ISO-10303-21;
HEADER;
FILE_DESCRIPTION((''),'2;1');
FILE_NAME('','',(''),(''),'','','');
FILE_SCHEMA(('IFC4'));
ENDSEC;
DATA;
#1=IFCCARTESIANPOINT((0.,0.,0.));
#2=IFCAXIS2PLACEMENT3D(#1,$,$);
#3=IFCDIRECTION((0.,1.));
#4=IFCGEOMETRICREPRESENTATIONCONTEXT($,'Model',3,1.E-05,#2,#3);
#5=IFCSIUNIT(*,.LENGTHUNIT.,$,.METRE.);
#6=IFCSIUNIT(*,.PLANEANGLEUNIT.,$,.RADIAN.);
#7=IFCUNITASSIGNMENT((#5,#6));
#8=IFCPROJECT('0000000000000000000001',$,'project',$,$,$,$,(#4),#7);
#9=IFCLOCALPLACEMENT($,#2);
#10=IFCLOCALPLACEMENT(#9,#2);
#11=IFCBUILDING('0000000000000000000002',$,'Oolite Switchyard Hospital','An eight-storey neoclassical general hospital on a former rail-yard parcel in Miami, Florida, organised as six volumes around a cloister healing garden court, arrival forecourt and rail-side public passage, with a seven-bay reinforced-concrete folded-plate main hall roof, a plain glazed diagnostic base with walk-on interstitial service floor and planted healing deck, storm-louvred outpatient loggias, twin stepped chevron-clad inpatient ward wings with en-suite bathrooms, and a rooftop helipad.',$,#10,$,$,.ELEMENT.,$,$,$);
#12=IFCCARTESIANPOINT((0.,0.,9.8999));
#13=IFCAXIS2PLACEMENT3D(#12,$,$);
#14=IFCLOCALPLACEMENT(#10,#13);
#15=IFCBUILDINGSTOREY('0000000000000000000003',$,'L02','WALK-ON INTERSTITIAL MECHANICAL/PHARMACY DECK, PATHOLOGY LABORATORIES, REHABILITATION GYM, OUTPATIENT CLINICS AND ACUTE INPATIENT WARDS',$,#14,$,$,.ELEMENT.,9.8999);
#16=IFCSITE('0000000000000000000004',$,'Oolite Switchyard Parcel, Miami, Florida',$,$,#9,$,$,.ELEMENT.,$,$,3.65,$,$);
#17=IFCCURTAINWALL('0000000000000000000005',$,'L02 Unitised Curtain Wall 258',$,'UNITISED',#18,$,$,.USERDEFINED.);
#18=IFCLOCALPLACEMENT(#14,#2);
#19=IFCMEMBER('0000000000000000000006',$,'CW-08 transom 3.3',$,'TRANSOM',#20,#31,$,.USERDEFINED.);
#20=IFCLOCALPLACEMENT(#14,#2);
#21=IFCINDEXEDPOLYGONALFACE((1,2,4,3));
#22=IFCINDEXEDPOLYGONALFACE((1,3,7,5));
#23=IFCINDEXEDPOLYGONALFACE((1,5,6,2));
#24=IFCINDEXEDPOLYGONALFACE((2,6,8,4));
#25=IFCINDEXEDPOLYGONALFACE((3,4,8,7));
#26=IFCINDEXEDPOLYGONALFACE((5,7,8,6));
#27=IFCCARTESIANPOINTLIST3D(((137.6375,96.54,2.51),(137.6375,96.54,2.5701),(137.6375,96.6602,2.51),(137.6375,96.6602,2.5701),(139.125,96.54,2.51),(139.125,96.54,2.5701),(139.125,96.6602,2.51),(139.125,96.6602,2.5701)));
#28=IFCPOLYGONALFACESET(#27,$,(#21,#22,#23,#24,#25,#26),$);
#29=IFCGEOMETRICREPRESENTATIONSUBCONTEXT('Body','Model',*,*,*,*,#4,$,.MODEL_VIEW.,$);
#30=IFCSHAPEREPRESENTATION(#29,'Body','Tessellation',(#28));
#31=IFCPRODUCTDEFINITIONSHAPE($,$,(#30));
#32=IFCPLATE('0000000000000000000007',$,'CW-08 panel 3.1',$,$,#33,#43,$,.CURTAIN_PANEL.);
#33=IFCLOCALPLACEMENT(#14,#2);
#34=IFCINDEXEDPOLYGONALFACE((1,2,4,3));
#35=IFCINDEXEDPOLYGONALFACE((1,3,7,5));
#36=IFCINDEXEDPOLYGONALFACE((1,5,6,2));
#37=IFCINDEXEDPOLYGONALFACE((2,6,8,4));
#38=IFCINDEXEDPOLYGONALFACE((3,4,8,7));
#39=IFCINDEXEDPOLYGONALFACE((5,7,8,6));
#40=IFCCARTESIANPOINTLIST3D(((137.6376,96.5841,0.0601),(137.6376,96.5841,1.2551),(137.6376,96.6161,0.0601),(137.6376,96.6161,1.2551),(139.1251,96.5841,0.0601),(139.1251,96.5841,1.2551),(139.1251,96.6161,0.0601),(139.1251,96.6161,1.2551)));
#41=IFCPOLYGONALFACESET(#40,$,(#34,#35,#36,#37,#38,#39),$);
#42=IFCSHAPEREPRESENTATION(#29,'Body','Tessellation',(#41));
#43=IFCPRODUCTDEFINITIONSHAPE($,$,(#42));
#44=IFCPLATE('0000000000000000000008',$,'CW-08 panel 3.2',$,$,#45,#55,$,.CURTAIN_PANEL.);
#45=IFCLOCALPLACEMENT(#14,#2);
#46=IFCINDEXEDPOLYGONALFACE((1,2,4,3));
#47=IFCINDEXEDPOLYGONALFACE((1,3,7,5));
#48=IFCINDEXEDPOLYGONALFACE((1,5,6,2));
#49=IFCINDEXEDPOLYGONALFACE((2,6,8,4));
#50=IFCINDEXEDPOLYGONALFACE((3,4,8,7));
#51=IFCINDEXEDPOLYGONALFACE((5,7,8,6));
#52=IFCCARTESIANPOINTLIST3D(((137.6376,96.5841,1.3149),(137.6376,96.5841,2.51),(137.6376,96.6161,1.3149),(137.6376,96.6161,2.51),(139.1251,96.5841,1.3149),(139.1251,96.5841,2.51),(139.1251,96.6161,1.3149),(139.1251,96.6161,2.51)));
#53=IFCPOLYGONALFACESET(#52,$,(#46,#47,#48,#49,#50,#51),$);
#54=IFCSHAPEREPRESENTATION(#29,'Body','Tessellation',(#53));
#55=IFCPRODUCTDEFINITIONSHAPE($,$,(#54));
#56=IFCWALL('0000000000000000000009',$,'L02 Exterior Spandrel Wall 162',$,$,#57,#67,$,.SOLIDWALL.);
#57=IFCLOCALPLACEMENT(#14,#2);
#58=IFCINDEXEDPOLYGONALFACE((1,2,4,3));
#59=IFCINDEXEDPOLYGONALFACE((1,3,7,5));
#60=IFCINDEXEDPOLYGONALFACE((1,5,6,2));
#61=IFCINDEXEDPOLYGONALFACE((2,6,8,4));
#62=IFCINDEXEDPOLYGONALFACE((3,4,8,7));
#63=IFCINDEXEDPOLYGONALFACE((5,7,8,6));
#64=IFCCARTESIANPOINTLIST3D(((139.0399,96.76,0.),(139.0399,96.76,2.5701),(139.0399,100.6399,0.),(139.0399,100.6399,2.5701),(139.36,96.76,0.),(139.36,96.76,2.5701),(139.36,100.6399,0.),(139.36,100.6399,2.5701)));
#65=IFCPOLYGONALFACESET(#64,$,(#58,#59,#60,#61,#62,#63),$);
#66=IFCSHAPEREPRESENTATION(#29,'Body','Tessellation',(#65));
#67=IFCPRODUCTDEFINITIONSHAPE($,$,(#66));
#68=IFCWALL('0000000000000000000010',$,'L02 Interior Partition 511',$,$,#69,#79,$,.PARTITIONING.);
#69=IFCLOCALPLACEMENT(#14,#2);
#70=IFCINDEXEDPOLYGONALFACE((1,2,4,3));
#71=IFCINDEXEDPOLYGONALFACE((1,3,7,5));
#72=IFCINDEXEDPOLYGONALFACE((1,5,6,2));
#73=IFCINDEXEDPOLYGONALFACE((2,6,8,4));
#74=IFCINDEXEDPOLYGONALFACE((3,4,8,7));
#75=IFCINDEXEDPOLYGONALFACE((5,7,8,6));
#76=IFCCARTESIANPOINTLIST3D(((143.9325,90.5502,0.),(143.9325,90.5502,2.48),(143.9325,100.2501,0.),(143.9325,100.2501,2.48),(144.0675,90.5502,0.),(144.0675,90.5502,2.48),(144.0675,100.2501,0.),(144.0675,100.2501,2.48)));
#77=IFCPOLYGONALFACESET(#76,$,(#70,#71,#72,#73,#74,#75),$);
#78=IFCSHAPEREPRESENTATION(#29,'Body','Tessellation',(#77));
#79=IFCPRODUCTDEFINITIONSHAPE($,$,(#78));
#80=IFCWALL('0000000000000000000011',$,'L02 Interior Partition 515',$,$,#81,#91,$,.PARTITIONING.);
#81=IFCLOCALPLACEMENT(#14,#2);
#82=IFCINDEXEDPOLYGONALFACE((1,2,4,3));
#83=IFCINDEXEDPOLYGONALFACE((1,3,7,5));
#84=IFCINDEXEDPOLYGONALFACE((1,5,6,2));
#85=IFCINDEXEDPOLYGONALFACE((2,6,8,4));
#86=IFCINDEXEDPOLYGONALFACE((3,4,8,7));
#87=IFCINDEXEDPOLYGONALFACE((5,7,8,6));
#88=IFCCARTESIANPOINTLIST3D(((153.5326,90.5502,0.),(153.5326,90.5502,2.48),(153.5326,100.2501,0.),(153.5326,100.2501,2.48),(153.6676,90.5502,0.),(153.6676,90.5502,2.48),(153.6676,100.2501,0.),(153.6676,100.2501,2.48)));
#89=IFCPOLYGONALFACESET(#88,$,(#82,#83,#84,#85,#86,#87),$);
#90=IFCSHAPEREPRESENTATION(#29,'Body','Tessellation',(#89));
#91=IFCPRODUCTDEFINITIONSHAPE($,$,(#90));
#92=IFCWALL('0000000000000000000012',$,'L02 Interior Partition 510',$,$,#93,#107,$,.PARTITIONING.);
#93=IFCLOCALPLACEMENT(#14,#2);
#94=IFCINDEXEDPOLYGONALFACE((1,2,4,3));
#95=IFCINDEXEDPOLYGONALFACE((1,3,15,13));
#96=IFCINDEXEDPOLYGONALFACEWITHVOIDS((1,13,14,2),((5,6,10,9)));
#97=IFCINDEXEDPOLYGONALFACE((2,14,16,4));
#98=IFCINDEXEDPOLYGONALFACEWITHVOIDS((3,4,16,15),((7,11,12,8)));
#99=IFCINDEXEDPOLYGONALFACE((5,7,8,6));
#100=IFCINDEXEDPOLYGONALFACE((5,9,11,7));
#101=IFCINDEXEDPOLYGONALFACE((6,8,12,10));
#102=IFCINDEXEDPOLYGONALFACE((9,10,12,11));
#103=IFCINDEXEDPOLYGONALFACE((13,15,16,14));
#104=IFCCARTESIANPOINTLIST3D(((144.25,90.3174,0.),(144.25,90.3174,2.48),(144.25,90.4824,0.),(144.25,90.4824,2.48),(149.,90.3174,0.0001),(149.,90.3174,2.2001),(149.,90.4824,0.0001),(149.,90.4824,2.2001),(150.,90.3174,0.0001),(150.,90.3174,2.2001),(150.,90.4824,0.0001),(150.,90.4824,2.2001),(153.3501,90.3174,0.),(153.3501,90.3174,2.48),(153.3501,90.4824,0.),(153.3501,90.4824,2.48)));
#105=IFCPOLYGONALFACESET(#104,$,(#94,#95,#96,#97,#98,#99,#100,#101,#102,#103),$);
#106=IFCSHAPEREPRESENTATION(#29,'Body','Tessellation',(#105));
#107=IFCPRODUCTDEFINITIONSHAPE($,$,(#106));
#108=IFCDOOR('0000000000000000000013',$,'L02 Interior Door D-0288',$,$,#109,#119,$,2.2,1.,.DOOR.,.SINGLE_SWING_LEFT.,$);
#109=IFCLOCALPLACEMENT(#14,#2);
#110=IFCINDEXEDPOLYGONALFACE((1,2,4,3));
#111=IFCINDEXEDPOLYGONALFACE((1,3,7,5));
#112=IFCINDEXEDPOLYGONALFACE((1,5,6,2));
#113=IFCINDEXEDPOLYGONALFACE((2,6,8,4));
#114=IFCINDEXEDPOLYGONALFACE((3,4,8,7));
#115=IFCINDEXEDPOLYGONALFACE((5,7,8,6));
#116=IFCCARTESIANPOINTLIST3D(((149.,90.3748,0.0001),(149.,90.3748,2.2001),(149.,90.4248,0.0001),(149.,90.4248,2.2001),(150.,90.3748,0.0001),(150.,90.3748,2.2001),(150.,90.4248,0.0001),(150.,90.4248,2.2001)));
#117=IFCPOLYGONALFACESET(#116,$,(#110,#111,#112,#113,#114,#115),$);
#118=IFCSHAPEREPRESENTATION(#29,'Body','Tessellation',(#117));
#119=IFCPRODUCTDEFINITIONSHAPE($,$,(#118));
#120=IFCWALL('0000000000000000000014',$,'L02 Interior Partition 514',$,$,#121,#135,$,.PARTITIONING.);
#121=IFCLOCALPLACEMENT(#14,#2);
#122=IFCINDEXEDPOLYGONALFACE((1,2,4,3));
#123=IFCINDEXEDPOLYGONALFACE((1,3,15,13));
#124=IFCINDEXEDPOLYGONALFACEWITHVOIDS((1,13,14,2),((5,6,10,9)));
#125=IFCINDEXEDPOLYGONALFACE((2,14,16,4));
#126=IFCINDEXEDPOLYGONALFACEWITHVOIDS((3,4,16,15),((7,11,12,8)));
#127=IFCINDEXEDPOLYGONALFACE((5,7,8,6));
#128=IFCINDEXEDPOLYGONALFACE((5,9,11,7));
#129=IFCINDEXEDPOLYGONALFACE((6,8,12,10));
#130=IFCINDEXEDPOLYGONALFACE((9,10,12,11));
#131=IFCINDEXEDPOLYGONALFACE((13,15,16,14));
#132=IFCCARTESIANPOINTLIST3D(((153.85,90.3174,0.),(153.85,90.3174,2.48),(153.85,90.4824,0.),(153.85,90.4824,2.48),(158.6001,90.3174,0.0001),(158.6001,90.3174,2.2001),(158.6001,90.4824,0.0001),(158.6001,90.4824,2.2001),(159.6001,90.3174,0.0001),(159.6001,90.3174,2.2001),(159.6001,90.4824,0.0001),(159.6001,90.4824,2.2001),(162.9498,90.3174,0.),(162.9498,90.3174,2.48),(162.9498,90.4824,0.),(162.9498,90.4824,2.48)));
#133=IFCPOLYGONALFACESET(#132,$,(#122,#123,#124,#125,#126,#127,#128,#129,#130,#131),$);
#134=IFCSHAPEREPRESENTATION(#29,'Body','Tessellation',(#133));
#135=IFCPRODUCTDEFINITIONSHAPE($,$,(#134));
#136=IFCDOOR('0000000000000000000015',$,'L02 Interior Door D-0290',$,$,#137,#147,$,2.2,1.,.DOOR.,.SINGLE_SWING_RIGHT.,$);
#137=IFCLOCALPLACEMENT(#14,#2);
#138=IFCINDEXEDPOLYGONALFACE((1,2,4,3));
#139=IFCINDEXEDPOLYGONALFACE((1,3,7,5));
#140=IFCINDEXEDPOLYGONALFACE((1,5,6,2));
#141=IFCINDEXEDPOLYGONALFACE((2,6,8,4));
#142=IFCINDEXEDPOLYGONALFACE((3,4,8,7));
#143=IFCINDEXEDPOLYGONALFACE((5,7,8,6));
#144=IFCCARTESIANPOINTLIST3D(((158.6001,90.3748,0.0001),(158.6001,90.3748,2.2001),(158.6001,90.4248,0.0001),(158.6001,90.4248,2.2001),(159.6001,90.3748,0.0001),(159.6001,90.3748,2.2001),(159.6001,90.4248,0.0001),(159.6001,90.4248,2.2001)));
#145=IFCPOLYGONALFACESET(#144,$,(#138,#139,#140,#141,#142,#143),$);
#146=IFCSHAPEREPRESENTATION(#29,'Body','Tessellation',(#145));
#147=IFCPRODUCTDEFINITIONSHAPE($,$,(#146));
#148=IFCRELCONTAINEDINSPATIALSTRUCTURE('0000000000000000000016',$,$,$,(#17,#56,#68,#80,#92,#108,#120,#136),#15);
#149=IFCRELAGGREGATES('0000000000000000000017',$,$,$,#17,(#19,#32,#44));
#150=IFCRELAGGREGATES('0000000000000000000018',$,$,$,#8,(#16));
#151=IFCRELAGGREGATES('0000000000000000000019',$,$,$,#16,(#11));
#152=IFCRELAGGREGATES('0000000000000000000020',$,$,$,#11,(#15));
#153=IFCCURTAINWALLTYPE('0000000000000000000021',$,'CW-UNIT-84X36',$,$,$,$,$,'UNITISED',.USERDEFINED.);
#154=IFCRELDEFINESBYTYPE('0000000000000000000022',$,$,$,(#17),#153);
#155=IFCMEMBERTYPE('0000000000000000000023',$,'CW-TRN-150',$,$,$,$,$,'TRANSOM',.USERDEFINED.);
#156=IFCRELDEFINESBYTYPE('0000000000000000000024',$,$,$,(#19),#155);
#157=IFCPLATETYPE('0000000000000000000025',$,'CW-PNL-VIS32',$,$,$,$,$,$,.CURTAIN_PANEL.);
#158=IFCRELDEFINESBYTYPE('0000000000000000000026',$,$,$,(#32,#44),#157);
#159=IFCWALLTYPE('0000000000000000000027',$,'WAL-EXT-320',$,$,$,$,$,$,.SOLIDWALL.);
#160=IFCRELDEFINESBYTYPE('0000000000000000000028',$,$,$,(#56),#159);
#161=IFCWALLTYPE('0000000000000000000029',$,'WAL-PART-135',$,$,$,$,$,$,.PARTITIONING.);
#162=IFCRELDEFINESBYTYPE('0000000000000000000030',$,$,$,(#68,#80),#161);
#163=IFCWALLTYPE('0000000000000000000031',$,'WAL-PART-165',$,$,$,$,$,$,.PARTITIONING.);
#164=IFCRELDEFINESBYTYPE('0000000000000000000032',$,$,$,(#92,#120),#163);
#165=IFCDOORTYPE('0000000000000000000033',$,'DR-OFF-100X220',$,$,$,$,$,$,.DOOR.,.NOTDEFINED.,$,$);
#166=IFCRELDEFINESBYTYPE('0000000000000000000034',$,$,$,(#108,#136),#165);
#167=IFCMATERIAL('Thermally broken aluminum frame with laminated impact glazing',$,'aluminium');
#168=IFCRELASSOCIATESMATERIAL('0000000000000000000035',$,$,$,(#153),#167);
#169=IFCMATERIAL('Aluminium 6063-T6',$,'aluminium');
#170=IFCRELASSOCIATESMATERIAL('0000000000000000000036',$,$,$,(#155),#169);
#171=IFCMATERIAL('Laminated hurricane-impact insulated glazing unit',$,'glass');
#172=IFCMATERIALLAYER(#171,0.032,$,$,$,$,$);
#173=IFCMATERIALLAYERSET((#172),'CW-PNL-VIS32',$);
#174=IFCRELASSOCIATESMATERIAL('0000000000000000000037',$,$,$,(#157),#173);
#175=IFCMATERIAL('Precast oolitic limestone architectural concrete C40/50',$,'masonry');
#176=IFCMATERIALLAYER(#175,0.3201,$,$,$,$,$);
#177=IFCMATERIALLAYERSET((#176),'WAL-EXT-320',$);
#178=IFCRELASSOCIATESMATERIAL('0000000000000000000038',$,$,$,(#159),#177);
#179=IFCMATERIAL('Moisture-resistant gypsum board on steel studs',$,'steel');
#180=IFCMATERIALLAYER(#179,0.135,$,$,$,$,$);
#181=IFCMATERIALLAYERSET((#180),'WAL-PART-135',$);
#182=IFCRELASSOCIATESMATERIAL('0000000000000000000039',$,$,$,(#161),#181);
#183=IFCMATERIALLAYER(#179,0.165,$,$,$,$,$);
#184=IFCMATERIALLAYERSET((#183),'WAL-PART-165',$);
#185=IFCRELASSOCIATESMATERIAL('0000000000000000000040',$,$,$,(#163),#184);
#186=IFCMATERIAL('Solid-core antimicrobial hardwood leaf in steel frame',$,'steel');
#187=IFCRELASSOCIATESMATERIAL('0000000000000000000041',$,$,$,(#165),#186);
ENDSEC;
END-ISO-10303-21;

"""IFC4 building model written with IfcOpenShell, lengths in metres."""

from ifc_helpers import new_model, si_unit, direction, frame, frame_2d, origin, origin_2d, place, context, subcontext, project, spatial, rectangle, extrude, material, layer, layer_set, material_profile, profile_set, type_object, element, fill, aggregate, save


model = new_model("IFC4")

# Units and contexts
model_context = context("Model", 3, precision=1e-05, world=origin(), true_north=direction((0.0, 1.0)))
body_context = subcontext(model_context, "Body", "Model", "MODEL_VIEW")
ifc_project = project(units=[si_unit("LENGTHUNIT", "METRE"), si_unit("PLANEANGLEUNIT", "RADIAN")], contexts=[model_context])

# Site, building, storey
site_placement = place(None, origin())
site = spatial("IfcSite", under=ifc_project, at=site_placement, Name="Oolite Switchyard Parcel, Miami, Florida", CompositionType="ELEMENT", RefElevation=3.65)
building_placement = place(site_placement, origin())
building = spatial("IfcBuilding", under=site, at=building_placement, Name="Oolite Switchyard Hospital", Description="An eight-storey neoclassical general hospital on a former rail-yard parcel in Miami, Florida, organised as six volumes around a cloister healing garden court, arrival forecourt and rail-side public passage, with a seven-bay reinforced-concrete folded-plate main hall roof, a plain glazed diagnostic base with walk-on interstitial service floor and planted healing deck, storm-louvred outpatient loggias, twin stepped chevron-clad inpatient ward wings with en-suite bathrooms, and a rooftop helipad.", CompositionType="ELEMENT")
storey_placement = place(building_placement, frame((0.0, 0.0, 9.8999)))
storey = spatial("IfcBuildingStorey", under=building, at=storey_placement, Name="L02", Description="WALK-ON INTERSTITIAL MECHANICAL/PHARMACY DECK, PATHOLOGY LABORATORIES, REHABILITATION GYM, OUTPATIENT CLINICS AND ACUTE INPATIENT WARDS", CompositionType="ELEMENT", Elevation=9.8999)

# Curtain wall, member, plates
ifc_material_1 = material(Name="Thermally broken aluminum frame with laminated impact glazing", Category="aluminium")
curtain_wall_type = type_object("IfcCurtainWallType", Name="CW-UNIT-84X36", ElementType="UNITISED", PredefinedType="USERDEFINED", material=ifc_material_1)
curtain_wall_placement = place(storey_placement, origin())
curtain_wall = element("IfcCurtainWall", 1, at=curtain_wall_placement, inside=storey, type_object=curtain_wall_type, Name="L02 Unitised Curtain Wall 258", ObjectType="UNITISED", PredefinedType="USERDEFINED")
ifc_material_2 = material(Name="Aluminium 6063-T6", Category="aluminium")
ifc_material_profile_1 = material_profile(ifc_material_2, rectangle(XDim=0.1201, YDim=0.0601, at=origin_2d()), Name="CWT60X120")
ifc_profile_set_1 = profile_set([ifc_material_profile_1], Name="Aluminium 6063-T6")
member_type_1 = type_object("IfcMemberType", Name="CW-TRN-150", ElementType="TRANSOM", PredefinedType="USERDEFINED", material=ifc_profile_set_1)
member_1_placement = place(storey_placement, frame((137.6375, 96.6001, 2.54), z_axis=(1.0, 0.0, 0.0), x_axis=(0.0, 1.0, 0.0)))
member_1 = element("IfcMember", 2, at=member_1_placement, type_object=member_type_1, Name="CW-08 transom 3.3", ObjectType="TRANSOM", PredefinedType="USERDEFINED", context=body_context, shape_type="SweptSolid", body=[
    extrude(rectangle(XDim=0.1201, YDim=0.0601, at=origin_2d()), origin(), (0.0, 0.0, 1.0), 1.4875),
])
ifc_material_3 = material(Name="Laminated hurricane-impact insulated glazing unit", Category="glass")
ifc_layer_1 = layer(ifc_material_3, 0.032)
ifc_layer_set_1 = layer_set([ifc_layer_1], Name="CW-PNL-VIS32")
plate_type = type_object("IfcPlateType", Name="CW-PNL-VIS32", PredefinedType="CURTAIN_PANEL", material=ifc_layer_set_1)
plate_1_placement = place(storey_placement, frame((138.3813, 96.6001, 0.0601), z_axis=(0.0, 0.0, 1.0), x_axis=(1.0, 0.0, 0.0)))
plate_1 = element("IfcPlate", 3, at=plate_1_placement, type_object=plate_type, Name="CW-08 panel 3.1", PredefinedType="CURTAIN_PANEL", context=body_context, shape_type="SweptSolid", body=[
    extrude(rectangle(XDim=1.4875, YDim=0.032, at=origin_2d()), origin(), (0.0, 0.0, 1.0), 1.1951),
])
plate_2_placement = place(storey_placement, frame((138.3813, 96.6001, 1.3149), z_axis=(0.0, 0.0, 1.0), x_axis=(1.0, 0.0, 0.0)))
plate_2 = element("IfcPlate", 4, at=plate_2_placement, type_object=plate_type, Name="CW-08 panel 3.2", PredefinedType="CURTAIN_PANEL", context=body_context, shape_type="SweptSolid", body=[
    extrude(rectangle(XDim=1.4875, YDim=0.032, at=origin_2d()), origin(), (0.0, 0.0, 1.0), 1.1951),
])
aggregate(curtain_wall, [member_1, plate_1, plate_2])

# Walls
ifc_material_4 = material(Name="Precast oolitic limestone architectural concrete C40/50", Category="masonry")
ifc_layer_2 = layer(ifc_material_4, 0.3201)
ifc_layer_set_2 = layer_set([ifc_layer_2], Name="WAL-EXT-320")
wall_type_1 = type_object("IfcWallType", Name="WAL-EXT-320", PredefinedType="SOLIDWALL", material=ifc_layer_set_2)
wall_1_placement = place(storey_placement, frame((139.2, 96.76, 0.0), z_axis=(0.0, 0.0, 1.0), x_axis=(0.0, 1.0, 0.0)))
element("IfcWall", 5, at=wall_1_placement, inside=storey, type_object=wall_type_1, Name="L02 Exterior Spandrel Wall 162", PredefinedType="SOLIDWALL", context=body_context, shape_type="SweptSolid", body=[
    extrude(rectangle(XDim=3.8799, YDim=0.3201, at=frame_2d((1.9399, 0.0))), origin(), (0.0, 0.0, 1.0), 2.5701),
])
ifc_material_5 = material(Name="Moisture-resistant gypsum board on steel studs", Category="steel")
ifc_layer_3 = layer(ifc_material_5, 0.135)
ifc_layer_set_3 = layer_set([ifc_layer_3], Name="WAL-PART-135")
wall_type_2 = type_object("IfcWallType", Name="WAL-PART-135", PredefinedType="PARTITIONING", material=ifc_layer_set_3)
for number, where, z_axis, x_axis, name in (
    (6, (144.0, 90.55, 0.0), (0.0, 0.0, 1.0), (0.0, 1.0, 0.0), "L02 Interior Partition 511"),
    (7, (153.6001, 90.55, 0.0), (0.0, 0.0, 1.0), (0.0, 1.0, 0.0), "L02 Interior Partition 515"),
):
    element("IfcWall", number, at=place(storey_placement, frame(where, z_axis=z_axis, x_axis=x_axis)), inside=storey, type_object=wall_type_2, Name=name, PredefinedType="PARTITIONING", context=body_context, shape_type="SweptSolid", body=[
        extrude(rectangle(XDim=9.7, YDim=0.135, at=frame_2d((4.8501, 0.0))), origin(), (0.0, 0.0, 1.0), 2.48),
    ])

# Walls, openings, doors
ifc_layer_4 = layer(ifc_material_5, 0.165)
ifc_layer_set_4 = layer_set([ifc_layer_4], Name="WAL-PART-165")
wall_type_3 = type_object("IfcWallType", Name="WAL-PART-165", PredefinedType="PARTITIONING", material=ifc_layer_set_4)
wall_2_placement = place(storey_placement, frame((144.25, 90.3999, 0.0), z_axis=(0.0, 0.0, 1.0), x_axis=(1.0, 0.0, 0.0)))
wall_2 = element("IfcWall", 8, at=wall_2_placement, inside=storey, type_object=wall_type_3, Name="L02 Interior Partition 510", PredefinedType="PARTITIONING", context=body_context, shape_type="SweptSolid", body=[
    extrude(rectangle(XDim=9.1001, YDim=0.165, at=frame_2d((4.55, 0.0))), origin(), (0.0, 0.0, 1.0), 2.48),
])
opening_1_placement = place(wall_2_placement, frame((4.75, 0.0, 0.0)))
opening_1 = element("IfcOpeningElement", 9, at=opening_1_placement, cuts=wall_2, PredefinedType="OPENING", context=body_context, shape_type="SweptSolid", body=[
    extrude(rectangle(XDim=1.0, YDim=2.2, at=frame_2d((0.5, 1.1001))), frame((0.0, 0.0925, 0.0), z_axis=(0.0, -1.0, 0.0), x_axis=(1.0, 0.0, 0.0)), (0.0, 0.0, 1.0), 0.1851),
])
ifc_material_6 = material(Name="Solid-core antimicrobial hardwood leaf in steel frame", Category="steel")
door_type_1 = type_object("IfcDoorType", Name="DR-OFF-100X220", OperationType="NOTDEFINED", PredefinedType="DOOR", material=ifc_material_6)
door_1_placement = place(opening_1_placement, origin())
door_1 = element("IfcDoor", 10, at=door_1_placement, inside=storey, type_object=door_type_1, Name="L02 Interior Door D-0288", OperationType="SINGLE_SWING_LEFT", OverallHeight=2.2, OverallWidth=1.0, PredefinedType="DOOR", context=body_context, shape_type="SweptSolid", body=[
    extrude(rectangle(XDim=1.0, YDim=2.2, at=frame_2d((0.5, 1.1001))), frame((0.0, 0.0249, 0.0), z_axis=(0.0, -1.0, 0.0), x_axis=(1.0, 0.0, 0.0)), (0.0, 0.0, 1.0), 0.05),
])
fill(opening_1, door_1)
wall_3_placement = place(storey_placement, frame((153.8501, 90.3999, 0.0), z_axis=(0.0, 0.0, 1.0), x_axis=(1.0, 0.0, 0.0)))
wall_3 = element("IfcWall", 11, at=wall_3_placement, inside=storey, type_object=wall_type_3, Name="L02 Interior Partition 514", PredefinedType="PARTITIONING", context=body_context, shape_type="SweptSolid", body=[
    extrude(rectangle(XDim=9.0999, YDim=0.165, at=frame_2d((4.5498, 0.0))), origin(), (0.0, 0.0, 1.0), 2.48),
])
opening_2_placement = place(wall_3_placement, frame((4.75, 0.0, 0.0)))
opening_2 = element("IfcOpeningElement", 12, at=opening_2_placement, cuts=wall_3, PredefinedType="OPENING", context=body_context, shape_type="SweptSolid", body=[
    extrude(rectangle(XDim=1.0, YDim=2.2, at=frame_2d((0.5, 1.1001))), frame((0.0, 0.0925, 0.0), z_axis=(0.0, -1.0, 0.0), x_axis=(1.0, 0.0, 0.0)), (0.0, 0.0, 1.0), 0.1851),
])
door_2_placement = place(opening_2_placement, origin())
door_2 = element("IfcDoor", 13, at=door_2_placement, inside=storey, type_object=door_type_1, Name="L02 Interior Door D-0290", OperationType="SINGLE_SWING_RIGHT", OverallHeight=2.2, OverallWidth=1.0, PredefinedType="DOOR", context=body_context, shape_type="SweptSolid", body=[
    extrude(rectangle(XDim=1.0, YDim=2.2, at=frame_2d((0.5, 1.1001))), frame((0.0, 0.0249, 0.0), z_axis=(0.0, -1.0, 0.0), x_axis=(1.0, 0.0, 0.0)), (0.0, 0.0, 1.0), 0.05),
])
fill(opening_2, door_2)

save(model, "model.ifc")
